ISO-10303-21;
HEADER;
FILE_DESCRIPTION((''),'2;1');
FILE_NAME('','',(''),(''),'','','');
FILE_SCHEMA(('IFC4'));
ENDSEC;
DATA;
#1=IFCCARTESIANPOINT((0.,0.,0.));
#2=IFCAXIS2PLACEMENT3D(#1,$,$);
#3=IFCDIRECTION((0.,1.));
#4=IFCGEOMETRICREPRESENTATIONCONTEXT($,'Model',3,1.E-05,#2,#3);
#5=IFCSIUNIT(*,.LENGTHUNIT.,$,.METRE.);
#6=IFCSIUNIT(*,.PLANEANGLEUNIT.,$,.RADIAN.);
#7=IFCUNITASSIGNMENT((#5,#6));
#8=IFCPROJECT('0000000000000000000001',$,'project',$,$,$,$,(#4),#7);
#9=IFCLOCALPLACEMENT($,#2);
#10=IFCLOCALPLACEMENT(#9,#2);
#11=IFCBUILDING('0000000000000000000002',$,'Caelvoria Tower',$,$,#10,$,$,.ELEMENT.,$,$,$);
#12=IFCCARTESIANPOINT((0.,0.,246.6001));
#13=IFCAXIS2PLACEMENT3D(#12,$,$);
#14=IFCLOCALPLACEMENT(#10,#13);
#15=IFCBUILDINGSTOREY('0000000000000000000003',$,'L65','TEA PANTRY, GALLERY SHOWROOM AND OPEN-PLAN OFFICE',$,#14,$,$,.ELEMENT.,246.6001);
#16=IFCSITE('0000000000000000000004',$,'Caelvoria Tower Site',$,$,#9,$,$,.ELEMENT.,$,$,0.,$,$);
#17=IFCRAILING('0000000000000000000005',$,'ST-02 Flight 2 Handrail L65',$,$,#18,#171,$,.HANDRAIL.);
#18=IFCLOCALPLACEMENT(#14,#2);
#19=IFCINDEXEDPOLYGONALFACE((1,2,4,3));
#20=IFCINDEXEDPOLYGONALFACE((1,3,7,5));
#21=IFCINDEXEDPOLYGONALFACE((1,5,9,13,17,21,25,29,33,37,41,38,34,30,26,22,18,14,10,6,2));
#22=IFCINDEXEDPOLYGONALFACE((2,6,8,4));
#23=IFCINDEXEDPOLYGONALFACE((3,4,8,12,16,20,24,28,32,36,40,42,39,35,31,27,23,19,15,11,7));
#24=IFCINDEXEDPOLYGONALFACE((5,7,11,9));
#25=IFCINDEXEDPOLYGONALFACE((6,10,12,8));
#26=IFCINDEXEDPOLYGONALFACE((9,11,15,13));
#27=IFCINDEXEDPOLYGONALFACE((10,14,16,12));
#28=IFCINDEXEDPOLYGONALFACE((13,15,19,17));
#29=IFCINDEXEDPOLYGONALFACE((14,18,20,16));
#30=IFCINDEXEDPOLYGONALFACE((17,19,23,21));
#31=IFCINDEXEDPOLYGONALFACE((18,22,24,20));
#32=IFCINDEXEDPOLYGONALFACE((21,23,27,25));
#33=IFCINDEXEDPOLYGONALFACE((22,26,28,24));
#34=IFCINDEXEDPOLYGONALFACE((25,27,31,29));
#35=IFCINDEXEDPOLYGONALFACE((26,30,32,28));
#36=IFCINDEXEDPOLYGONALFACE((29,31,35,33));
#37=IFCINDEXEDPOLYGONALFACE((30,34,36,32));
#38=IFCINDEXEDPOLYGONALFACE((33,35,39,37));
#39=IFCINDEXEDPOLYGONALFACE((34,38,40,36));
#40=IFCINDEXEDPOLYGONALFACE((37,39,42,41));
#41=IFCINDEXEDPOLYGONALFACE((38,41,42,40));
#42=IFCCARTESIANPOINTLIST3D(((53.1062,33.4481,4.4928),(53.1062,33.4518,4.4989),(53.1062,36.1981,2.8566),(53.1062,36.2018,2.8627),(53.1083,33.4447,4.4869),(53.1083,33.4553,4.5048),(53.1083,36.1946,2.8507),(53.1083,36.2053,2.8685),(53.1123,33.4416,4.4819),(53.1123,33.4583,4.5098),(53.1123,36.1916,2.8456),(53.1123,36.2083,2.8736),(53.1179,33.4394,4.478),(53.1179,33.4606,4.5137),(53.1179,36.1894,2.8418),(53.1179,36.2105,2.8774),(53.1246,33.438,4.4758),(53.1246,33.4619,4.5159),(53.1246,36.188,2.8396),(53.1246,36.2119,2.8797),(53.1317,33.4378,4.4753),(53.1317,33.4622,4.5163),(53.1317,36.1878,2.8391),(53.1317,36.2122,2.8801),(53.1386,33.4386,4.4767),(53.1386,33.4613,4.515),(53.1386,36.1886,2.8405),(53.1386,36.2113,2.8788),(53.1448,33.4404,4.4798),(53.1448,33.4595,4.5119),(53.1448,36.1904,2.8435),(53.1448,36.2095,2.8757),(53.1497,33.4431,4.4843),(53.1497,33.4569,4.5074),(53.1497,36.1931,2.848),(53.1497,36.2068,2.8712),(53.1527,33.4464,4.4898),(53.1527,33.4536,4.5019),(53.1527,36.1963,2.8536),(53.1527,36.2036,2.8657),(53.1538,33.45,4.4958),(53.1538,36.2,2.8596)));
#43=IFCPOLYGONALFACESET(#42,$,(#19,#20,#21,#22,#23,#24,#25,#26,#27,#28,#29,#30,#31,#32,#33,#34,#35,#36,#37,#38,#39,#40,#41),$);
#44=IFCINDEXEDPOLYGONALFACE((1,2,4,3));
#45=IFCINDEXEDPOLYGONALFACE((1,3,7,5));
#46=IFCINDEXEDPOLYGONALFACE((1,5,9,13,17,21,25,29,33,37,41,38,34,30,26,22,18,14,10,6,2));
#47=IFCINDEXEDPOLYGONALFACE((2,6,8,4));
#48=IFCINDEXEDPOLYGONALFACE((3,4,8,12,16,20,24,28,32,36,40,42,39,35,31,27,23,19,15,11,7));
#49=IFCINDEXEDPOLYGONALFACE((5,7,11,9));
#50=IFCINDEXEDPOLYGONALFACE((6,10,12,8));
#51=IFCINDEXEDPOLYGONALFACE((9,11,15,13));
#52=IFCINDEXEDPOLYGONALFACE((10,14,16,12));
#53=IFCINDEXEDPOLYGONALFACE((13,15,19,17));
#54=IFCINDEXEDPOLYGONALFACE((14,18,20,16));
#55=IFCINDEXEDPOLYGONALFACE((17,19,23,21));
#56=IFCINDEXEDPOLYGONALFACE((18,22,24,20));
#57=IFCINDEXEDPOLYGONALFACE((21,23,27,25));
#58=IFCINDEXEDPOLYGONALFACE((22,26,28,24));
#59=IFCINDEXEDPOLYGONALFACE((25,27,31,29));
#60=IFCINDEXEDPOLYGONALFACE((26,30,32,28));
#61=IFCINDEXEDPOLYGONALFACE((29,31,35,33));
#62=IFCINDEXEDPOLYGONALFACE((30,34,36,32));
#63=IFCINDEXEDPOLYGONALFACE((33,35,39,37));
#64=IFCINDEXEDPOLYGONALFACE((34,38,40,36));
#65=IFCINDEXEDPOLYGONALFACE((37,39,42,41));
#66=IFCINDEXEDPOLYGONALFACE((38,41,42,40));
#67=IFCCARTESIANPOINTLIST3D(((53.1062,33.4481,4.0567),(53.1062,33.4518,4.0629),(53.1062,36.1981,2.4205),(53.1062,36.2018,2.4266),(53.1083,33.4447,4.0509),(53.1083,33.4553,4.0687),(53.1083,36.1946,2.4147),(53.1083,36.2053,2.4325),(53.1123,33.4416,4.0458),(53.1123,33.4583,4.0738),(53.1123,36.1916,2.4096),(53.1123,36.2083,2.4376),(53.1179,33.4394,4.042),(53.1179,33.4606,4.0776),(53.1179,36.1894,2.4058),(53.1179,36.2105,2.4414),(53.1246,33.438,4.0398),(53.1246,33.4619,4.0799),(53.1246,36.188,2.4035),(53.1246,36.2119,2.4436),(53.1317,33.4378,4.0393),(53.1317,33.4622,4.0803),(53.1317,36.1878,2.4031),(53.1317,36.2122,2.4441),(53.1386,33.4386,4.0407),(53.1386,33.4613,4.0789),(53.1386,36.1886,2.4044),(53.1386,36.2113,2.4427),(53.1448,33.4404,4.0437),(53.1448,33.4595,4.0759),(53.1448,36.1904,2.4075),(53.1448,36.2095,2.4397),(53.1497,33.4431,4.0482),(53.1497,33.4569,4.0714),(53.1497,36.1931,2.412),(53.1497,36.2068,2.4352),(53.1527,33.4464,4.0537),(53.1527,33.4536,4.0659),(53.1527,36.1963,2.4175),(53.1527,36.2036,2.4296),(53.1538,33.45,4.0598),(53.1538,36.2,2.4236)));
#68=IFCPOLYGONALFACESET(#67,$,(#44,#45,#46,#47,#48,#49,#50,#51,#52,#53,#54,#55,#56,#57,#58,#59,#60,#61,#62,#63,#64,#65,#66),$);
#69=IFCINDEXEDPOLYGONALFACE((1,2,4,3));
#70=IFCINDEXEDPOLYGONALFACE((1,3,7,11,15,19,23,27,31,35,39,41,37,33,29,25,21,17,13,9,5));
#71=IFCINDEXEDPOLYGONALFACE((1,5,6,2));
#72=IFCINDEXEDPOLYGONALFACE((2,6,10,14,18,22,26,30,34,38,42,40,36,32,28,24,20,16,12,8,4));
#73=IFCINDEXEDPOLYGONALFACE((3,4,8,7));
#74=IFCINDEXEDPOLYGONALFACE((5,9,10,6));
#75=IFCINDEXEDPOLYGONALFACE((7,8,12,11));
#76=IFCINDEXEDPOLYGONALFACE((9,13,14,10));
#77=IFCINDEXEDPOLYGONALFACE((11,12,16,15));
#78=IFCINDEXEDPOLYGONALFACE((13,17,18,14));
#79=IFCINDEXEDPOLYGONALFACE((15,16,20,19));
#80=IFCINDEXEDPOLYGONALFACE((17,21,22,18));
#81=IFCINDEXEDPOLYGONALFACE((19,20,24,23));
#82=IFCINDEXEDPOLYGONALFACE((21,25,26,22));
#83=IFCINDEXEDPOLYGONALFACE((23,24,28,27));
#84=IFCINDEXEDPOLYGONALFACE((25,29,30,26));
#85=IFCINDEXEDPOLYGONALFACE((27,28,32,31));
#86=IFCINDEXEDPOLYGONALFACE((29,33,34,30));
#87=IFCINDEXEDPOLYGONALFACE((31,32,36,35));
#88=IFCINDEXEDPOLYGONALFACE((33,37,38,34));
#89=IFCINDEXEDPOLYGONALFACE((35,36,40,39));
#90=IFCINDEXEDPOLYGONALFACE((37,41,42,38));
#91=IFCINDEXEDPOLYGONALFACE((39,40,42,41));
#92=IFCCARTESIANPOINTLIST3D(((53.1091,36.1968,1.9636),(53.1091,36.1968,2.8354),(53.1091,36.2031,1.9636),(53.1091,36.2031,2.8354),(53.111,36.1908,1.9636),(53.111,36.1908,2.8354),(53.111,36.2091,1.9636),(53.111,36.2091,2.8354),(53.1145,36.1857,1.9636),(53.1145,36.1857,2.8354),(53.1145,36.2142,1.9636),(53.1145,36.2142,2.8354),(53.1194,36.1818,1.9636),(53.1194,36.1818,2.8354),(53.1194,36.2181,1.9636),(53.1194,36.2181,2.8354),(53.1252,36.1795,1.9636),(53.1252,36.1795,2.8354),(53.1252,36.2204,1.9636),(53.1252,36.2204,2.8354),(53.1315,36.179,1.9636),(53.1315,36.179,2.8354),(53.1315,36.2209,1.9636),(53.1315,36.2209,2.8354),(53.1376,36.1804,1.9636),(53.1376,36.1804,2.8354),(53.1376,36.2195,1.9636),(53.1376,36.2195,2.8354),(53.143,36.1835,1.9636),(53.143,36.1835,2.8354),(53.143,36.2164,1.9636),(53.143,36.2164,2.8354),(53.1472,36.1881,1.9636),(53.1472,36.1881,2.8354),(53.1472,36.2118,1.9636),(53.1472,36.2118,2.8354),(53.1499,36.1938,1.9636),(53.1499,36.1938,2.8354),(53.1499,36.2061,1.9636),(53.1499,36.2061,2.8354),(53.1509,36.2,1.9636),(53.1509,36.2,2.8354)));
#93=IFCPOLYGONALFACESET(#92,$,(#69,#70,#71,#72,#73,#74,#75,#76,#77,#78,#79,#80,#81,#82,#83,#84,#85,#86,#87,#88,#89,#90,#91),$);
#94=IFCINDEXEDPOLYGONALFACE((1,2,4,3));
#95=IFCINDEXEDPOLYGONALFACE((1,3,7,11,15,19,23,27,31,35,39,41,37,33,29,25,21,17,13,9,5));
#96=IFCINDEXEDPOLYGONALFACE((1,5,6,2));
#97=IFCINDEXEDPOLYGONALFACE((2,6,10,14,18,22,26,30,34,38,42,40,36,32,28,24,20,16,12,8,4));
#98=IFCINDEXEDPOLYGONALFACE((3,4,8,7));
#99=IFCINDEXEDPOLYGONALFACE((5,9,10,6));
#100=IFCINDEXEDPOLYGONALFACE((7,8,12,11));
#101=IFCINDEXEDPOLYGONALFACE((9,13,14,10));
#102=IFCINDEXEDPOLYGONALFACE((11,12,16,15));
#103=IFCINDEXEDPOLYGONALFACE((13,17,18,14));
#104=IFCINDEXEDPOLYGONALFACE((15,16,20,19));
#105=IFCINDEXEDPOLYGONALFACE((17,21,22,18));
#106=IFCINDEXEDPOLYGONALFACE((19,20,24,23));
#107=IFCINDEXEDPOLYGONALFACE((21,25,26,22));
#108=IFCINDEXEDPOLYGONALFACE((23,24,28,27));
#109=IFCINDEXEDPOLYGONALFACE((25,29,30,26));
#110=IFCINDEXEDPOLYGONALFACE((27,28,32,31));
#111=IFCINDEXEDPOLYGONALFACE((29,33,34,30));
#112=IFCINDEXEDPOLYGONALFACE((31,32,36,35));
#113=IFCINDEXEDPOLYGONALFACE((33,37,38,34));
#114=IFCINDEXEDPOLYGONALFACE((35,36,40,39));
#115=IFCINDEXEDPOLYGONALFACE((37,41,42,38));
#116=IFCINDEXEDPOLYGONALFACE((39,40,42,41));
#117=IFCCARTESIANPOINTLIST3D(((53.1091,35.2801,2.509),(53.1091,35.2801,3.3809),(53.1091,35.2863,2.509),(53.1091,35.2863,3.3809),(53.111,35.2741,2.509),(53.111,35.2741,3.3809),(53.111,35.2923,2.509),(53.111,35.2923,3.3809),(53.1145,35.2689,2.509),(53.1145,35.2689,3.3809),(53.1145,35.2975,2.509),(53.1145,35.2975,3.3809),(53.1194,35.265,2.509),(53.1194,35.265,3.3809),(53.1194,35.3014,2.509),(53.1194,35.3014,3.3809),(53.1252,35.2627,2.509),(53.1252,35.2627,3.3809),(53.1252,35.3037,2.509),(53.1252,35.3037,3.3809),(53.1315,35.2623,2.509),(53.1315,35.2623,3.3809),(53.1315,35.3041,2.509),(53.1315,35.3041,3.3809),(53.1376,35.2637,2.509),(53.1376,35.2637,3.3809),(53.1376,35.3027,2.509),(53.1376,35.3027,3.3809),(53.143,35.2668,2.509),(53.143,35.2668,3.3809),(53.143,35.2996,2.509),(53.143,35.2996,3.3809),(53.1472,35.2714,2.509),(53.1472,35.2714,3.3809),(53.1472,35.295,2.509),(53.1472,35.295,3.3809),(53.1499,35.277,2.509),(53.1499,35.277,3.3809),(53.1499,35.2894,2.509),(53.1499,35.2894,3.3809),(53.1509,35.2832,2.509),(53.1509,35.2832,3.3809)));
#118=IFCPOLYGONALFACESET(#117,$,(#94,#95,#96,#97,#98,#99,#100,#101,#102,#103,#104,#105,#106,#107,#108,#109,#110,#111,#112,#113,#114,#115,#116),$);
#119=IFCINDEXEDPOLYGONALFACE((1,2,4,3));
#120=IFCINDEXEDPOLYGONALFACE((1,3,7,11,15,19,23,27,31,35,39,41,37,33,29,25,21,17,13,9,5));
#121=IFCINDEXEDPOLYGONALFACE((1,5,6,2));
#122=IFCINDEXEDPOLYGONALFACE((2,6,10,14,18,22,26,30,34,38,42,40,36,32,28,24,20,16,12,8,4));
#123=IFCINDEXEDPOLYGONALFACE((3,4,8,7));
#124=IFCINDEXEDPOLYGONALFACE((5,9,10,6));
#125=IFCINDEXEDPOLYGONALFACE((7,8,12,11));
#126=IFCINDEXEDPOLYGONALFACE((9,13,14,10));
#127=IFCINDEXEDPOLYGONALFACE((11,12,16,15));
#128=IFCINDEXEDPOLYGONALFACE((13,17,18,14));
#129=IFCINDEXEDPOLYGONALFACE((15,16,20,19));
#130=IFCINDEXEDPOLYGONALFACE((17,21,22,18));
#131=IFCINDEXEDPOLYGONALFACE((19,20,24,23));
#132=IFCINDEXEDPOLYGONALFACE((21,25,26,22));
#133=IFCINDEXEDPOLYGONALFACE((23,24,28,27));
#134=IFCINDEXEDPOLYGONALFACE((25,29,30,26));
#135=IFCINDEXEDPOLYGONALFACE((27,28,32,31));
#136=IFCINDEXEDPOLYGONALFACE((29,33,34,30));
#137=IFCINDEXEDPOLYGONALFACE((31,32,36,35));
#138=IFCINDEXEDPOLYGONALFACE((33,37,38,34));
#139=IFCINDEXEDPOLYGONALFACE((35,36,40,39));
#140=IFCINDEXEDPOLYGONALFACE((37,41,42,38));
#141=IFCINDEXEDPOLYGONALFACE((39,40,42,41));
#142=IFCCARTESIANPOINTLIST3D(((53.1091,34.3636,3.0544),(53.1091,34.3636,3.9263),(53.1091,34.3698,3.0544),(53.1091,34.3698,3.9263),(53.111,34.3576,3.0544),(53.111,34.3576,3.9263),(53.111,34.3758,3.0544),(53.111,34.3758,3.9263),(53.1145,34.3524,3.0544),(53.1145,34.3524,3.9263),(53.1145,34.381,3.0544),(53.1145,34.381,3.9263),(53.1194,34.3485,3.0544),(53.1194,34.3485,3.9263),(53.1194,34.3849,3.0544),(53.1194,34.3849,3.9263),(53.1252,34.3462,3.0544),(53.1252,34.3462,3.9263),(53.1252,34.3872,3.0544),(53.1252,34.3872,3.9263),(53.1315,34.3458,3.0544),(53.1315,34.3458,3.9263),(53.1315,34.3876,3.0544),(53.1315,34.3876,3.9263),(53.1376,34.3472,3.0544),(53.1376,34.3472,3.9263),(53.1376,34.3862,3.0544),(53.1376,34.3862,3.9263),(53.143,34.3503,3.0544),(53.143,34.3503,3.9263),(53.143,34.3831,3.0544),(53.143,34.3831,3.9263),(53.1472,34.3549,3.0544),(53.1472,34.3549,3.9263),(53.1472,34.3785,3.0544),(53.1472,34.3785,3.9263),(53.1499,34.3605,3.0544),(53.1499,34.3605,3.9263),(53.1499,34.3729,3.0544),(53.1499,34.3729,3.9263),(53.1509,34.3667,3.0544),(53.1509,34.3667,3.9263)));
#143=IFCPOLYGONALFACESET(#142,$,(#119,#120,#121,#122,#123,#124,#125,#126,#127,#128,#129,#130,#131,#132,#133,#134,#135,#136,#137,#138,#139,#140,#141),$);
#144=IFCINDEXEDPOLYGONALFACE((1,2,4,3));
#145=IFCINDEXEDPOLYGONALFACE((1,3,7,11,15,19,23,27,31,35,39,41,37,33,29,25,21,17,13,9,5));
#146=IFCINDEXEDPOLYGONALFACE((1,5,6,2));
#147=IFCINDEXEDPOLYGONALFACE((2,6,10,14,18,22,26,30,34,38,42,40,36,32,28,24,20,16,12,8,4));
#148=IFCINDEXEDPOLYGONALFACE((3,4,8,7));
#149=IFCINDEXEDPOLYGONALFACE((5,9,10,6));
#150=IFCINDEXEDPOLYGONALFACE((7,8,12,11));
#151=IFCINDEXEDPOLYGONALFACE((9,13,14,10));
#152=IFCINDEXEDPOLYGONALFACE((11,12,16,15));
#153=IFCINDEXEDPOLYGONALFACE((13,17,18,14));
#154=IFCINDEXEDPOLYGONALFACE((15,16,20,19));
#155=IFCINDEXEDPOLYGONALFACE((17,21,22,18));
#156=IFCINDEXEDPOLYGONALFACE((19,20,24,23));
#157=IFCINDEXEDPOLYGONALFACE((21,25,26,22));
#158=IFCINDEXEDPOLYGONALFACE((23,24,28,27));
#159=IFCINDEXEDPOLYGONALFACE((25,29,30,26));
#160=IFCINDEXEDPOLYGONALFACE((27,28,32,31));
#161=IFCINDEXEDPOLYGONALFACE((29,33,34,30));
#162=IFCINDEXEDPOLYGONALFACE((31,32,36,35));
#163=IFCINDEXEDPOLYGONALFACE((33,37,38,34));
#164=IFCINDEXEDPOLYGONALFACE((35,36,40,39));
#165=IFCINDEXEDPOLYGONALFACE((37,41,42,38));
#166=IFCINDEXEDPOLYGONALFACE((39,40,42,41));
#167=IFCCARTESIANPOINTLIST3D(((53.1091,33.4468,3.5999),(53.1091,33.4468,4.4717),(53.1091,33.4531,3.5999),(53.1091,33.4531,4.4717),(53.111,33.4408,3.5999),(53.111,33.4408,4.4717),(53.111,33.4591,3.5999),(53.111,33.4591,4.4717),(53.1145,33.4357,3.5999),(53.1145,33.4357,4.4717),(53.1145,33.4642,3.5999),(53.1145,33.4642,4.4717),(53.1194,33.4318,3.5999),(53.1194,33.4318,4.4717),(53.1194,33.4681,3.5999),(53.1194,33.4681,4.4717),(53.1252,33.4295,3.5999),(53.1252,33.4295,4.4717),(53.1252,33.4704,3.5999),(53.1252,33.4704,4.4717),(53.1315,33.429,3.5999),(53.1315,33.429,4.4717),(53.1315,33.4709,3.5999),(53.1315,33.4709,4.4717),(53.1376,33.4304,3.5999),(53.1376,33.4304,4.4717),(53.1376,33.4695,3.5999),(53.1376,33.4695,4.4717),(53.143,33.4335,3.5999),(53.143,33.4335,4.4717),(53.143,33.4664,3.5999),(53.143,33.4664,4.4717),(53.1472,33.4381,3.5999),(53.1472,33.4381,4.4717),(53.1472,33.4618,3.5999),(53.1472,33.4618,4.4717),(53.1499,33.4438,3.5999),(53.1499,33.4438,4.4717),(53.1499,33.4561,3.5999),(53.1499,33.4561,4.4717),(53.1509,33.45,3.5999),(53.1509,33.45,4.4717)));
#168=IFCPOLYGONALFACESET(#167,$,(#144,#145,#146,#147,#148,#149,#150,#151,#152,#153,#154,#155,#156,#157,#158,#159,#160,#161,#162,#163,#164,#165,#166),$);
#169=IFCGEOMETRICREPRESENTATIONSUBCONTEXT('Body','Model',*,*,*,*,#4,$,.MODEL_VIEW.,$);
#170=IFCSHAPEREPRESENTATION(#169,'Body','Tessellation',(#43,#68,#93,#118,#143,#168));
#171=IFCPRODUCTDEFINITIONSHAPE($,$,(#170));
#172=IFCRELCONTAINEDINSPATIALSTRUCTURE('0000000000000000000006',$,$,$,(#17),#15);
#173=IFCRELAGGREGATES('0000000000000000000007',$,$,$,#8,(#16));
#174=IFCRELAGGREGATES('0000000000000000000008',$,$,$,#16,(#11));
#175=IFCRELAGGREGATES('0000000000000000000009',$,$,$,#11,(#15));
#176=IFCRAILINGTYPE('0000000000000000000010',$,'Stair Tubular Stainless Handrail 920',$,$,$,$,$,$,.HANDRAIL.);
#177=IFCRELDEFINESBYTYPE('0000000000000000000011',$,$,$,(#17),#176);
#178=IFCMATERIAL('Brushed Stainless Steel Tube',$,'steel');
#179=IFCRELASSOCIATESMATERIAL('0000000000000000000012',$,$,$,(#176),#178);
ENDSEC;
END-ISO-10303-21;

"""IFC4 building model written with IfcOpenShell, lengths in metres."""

from ifc_helpers import new_model, si_unit, direction, frame, origin, origin_2d, place, context, subcontext, project, spatial, circle, extrude, material, type_object, element, save


model = new_model("IFC4")

# Units and contexts
model_context = context("Model", 3, precision=1e-05, world=origin(), true_north=direction((0.0, 1.0)))
body_context = subcontext(model_context, "Body", "Model", "MODEL_VIEW")
ifc_project = project(units=[si_unit("LENGTHUNIT", "METRE"), si_unit("PLANEANGLEUNIT", "RADIAN")], contexts=[model_context])

# Site, building, storey
site_placement = place(None, origin())
site = spatial("IfcSite", under=ifc_project, at=site_placement, Name="Caelvoria Tower Site", CompositionType="ELEMENT", RefElevation=0.0)
building_placement = place(site_placement, origin())
building = spatial("IfcBuilding", under=site, at=building_placement, Name="Caelvoria Tower", CompositionType="ELEMENT")
storey_placement = place(building_placement, frame((0.0, 0.0, 246.6001)))
storey = spatial("IfcBuildingStorey", under=building, at=storey_placement, Name="L65", Description="TEA PANTRY, GALLERY SHOWROOM AND OPEN-PLAN OFFICE", CompositionType="ELEMENT", Elevation=246.6001)

# Railing
ifc_material_1 = material(Name="Brushed Stainless Steel Tube", Category="steel")
railing_type_1 = type_object("IfcRailingType", Name="Stair Tubular Stainless Handrail 920", PredefinedType="HANDRAIL", material=ifc_material_1)
railing_1_placement = place(storey_placement, frame((53.1299, 36.2, 1.9636)))
element("IfcRailing", 1, at=railing_1_placement, inside=storey, type_object=railing_type_1, Name="ST-02 Flight 2 Handrail L65", PredefinedType="HANDRAIL", context=body_context, shape_type="SweptSolid", body=[
    extrude(circle(Radius=0.0239, at=origin_2d()), frame((0.0, 0.0, 0.896), z_axis=(0.0, -0.859385, 0.511328), x_axis=(1.0, 0.0, 0.0)), (0.0, 0.0, 1.0), 3.2),
    extrude(circle(Radius=0.0239, at=origin_2d()), frame((0.0, 0.0, 0.46), z_axis=(0.0, -0.859385, 0.511328), x_axis=(1.0, 0.0, 0.0)), (0.0, 0.0, 1.0), 3.2),
    extrude(circle(Radius=0.021, at=origin_2d()), origin(), (0.0, 0.0, 1.0), 0.8718),
    extrude(circle(Radius=0.021, at=origin_2d()), frame((0.0, -0.9167, 0.5454)), (0.0, 0.0, 1.0), 0.8718),
    extrude(circle(Radius=0.021, at=origin_2d()), frame((0.0, -1.8333, 1.0908)), (0.0, 0.0, 1.0), 0.8718),
    extrude(circle(Radius=0.021, at=origin_2d()), frame((0.0, -2.75, 1.6362)), (0.0, 0.0, 1.0), 0.8718),
])

save(model, "model.ifc")
